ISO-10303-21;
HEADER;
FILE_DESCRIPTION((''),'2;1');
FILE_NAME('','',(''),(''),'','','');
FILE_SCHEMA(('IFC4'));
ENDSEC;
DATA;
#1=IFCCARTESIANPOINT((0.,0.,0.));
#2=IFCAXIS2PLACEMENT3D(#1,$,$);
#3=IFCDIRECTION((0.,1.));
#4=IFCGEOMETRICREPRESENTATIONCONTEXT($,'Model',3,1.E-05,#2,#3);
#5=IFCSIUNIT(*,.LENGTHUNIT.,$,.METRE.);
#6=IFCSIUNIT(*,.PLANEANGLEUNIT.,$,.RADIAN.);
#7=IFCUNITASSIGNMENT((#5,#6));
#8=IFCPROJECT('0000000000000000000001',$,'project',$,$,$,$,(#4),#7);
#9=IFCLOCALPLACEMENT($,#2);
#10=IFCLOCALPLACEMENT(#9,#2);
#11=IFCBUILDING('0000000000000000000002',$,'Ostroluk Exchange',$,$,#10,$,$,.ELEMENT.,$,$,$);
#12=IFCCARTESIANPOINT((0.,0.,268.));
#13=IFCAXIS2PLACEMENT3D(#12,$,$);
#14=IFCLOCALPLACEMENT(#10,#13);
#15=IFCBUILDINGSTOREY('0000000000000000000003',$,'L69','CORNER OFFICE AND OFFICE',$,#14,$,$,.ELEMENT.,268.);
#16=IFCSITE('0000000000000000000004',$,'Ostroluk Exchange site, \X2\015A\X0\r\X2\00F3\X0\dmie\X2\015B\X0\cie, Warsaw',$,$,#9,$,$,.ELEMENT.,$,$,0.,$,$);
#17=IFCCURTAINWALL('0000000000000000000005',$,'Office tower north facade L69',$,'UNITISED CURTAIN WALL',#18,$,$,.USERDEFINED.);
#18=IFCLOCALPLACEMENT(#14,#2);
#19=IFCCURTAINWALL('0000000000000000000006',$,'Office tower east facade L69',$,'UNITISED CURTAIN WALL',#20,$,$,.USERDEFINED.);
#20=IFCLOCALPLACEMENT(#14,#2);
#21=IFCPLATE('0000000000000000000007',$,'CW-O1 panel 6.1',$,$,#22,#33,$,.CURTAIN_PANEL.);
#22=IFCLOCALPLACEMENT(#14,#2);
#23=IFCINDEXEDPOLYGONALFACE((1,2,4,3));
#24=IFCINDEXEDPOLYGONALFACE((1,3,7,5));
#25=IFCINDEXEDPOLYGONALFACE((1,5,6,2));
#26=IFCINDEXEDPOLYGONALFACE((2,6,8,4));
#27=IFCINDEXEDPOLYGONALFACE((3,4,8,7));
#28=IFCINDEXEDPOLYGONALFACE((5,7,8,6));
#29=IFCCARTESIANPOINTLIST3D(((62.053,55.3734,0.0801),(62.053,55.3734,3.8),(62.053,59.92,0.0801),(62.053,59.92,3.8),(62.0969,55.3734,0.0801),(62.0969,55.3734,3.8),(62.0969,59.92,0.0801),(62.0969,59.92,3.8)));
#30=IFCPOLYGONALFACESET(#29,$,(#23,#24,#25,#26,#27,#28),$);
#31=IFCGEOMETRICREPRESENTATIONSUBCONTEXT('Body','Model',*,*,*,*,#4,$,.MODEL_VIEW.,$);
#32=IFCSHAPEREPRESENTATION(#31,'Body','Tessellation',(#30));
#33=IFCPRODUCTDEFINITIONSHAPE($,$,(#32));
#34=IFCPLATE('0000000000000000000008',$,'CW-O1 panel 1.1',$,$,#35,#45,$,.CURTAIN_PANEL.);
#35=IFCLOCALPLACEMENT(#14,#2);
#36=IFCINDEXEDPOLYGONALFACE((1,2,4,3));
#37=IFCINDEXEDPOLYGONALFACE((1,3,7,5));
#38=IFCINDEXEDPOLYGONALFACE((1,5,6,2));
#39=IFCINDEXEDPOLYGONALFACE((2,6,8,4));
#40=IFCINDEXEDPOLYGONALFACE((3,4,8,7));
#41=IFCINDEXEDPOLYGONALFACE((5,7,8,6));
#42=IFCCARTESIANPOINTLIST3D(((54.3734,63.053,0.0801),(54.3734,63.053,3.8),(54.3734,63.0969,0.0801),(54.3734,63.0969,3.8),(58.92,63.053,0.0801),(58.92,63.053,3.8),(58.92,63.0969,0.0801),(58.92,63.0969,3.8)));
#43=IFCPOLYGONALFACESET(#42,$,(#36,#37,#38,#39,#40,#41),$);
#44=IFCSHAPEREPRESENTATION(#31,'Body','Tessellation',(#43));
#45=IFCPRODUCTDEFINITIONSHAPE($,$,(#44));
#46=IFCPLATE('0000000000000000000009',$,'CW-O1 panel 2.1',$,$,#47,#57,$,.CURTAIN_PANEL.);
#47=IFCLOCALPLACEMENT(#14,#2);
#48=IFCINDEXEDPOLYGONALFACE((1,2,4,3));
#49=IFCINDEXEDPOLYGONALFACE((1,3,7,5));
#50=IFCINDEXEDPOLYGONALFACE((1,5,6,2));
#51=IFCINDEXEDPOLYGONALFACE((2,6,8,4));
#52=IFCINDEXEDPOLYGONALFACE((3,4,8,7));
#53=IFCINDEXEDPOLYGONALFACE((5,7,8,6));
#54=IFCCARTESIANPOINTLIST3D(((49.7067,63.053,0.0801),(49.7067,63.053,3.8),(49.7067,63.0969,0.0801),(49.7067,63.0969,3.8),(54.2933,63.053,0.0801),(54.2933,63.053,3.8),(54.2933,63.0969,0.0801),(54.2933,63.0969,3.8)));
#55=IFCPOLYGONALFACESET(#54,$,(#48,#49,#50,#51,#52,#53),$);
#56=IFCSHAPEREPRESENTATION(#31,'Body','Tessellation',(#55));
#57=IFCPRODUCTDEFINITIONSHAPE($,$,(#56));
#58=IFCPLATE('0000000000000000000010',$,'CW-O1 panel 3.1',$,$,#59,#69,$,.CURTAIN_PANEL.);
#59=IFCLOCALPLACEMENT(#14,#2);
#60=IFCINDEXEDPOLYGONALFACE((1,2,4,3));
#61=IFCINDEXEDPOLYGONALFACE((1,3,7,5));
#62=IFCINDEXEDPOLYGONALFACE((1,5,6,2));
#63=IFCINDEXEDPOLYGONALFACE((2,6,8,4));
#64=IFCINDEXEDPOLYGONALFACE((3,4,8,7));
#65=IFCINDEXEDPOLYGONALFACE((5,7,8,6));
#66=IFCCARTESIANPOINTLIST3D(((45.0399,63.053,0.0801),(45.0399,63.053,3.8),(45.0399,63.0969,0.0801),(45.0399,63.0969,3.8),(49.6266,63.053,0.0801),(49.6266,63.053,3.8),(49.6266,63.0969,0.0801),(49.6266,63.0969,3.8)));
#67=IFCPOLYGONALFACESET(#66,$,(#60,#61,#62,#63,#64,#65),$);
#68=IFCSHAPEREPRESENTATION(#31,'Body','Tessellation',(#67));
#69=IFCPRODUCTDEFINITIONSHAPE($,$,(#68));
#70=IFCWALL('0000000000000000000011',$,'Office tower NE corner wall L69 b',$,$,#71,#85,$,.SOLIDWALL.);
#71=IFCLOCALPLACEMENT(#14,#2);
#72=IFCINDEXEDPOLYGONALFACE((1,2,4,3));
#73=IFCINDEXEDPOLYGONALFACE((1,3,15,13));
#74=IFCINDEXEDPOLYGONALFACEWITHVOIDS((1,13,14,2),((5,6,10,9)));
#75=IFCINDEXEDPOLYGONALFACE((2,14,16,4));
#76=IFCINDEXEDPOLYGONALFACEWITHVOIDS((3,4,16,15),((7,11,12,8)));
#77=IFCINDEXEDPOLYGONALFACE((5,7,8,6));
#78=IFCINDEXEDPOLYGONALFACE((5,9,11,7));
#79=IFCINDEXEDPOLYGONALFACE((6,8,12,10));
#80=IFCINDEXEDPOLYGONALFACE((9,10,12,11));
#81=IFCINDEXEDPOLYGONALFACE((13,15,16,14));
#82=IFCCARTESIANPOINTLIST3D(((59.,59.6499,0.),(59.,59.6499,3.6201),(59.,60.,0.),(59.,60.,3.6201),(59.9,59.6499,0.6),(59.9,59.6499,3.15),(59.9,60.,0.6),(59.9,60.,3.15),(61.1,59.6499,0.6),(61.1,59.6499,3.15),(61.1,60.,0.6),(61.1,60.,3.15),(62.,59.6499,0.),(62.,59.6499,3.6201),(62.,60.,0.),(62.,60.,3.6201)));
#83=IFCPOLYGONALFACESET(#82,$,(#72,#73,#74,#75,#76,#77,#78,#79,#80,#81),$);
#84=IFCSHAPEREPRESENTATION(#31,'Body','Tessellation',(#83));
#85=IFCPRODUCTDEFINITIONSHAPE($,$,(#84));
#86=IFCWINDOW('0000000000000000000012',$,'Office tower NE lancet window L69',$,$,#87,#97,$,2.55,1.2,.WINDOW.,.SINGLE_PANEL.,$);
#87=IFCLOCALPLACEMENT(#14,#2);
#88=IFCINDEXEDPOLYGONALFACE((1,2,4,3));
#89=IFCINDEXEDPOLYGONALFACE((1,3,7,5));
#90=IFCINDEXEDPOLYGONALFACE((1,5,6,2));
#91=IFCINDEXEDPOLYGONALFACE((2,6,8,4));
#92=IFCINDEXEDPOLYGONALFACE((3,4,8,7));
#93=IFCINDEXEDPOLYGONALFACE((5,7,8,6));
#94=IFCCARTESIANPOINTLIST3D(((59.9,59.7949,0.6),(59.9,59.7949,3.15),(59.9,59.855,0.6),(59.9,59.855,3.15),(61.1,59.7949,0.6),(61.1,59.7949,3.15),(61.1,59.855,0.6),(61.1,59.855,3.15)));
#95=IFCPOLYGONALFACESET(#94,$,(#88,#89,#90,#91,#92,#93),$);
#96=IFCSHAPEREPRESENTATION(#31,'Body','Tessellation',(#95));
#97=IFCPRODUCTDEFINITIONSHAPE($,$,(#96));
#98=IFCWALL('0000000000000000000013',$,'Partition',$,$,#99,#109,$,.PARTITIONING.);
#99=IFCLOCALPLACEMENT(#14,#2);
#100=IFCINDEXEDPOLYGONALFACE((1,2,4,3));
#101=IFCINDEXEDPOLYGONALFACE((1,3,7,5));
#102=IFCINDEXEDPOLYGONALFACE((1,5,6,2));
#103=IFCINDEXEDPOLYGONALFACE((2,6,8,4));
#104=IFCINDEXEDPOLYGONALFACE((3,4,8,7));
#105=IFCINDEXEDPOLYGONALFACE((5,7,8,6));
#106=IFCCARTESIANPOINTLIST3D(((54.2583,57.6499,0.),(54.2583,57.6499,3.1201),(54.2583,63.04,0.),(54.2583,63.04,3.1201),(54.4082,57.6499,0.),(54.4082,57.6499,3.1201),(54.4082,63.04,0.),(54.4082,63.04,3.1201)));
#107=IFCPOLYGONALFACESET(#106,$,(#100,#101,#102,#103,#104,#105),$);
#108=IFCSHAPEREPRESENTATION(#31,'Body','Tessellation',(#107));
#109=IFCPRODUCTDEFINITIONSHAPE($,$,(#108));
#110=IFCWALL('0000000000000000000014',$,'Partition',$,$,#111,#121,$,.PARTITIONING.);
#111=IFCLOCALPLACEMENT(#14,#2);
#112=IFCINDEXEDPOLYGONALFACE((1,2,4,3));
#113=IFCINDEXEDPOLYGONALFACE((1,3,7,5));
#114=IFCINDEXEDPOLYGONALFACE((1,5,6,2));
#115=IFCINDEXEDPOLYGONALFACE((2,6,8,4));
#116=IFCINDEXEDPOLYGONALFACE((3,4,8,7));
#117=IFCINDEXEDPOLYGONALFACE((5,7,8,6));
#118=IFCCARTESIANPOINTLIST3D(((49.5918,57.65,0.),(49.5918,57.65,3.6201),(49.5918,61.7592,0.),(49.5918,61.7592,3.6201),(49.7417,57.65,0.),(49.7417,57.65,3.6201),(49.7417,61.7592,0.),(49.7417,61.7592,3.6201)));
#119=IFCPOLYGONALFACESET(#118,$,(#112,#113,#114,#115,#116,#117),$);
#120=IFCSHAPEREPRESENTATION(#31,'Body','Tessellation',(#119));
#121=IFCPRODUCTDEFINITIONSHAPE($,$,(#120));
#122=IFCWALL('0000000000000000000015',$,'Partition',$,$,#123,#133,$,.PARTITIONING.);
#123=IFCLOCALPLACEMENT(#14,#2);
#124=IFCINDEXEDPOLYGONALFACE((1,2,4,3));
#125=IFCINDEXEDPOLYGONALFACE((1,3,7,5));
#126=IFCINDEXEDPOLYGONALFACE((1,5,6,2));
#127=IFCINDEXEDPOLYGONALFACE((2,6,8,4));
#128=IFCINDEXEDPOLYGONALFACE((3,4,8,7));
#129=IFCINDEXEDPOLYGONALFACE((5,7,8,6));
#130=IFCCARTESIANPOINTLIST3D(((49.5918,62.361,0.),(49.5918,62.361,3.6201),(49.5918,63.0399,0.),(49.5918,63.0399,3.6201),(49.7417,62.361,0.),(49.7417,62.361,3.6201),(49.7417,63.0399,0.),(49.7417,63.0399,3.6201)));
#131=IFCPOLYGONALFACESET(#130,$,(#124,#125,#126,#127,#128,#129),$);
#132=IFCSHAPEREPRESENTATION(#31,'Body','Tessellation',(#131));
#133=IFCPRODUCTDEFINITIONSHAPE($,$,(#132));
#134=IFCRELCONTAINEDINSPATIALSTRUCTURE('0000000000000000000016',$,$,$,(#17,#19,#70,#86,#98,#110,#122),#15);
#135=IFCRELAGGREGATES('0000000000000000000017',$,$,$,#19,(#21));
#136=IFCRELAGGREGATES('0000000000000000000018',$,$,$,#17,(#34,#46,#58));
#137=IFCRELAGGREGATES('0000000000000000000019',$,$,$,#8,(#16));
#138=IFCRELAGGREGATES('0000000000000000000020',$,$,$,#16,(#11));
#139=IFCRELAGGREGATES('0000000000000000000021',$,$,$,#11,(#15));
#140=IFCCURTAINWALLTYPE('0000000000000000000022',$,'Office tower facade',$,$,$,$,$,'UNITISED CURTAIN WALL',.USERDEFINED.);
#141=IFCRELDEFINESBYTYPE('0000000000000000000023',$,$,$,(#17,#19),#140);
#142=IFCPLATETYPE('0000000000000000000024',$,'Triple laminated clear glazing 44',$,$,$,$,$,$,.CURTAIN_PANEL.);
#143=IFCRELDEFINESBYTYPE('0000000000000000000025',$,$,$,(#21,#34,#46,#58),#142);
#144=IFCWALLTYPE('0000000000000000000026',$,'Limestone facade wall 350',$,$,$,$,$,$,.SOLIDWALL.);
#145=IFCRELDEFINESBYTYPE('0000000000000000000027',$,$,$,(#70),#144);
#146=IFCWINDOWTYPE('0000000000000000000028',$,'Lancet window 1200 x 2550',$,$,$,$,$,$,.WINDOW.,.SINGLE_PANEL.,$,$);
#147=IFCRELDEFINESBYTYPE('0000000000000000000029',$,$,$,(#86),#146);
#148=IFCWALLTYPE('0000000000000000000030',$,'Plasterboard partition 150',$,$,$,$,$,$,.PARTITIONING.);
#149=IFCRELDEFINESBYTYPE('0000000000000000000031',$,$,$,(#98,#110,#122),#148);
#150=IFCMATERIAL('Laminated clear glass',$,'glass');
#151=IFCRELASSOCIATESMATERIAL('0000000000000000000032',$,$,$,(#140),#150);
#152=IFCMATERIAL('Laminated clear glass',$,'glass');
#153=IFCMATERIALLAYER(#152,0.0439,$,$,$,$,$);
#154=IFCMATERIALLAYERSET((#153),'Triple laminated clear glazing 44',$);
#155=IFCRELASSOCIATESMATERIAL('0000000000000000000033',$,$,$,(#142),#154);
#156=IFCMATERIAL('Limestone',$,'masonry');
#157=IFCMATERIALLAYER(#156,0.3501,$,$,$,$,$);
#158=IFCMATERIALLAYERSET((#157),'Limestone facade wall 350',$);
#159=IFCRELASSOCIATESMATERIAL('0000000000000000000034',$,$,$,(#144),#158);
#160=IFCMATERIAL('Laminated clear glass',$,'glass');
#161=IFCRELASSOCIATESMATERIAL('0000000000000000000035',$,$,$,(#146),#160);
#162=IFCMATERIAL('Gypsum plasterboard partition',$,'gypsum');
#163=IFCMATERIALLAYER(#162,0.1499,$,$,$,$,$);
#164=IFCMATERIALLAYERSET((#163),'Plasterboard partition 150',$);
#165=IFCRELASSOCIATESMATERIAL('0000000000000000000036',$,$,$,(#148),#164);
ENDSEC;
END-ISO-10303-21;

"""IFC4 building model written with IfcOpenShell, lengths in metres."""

from ifc_helpers import new_model, si_unit, direction, frame, frame_2d, origin, origin_2d, place, context, subcontext, project, spatial, rectangle, extrude, material, layer, layer_set, type_object, element, fill, aggregate, save


model = new_model("IFC4")

# Units and contexts
model_context = context("Model", 3, precision=1e-05, world=origin(), true_north=direction((0.0, 1.0)))
body_context = subcontext(model_context, "Body", "Model", "MODEL_VIEW")
ifc_project = project(units=[si_unit("LENGTHUNIT", "METRE"), si_unit("PLANEANGLEUNIT", "RADIAN")], contexts=[model_context])

# Site, building, storey
site_placement = place(None, origin())
site = spatial("IfcSite", under=ifc_project, at=site_placement, Name="Ostroluk Exchange site, Śródmieście, Warsaw", CompositionType="ELEMENT", RefElevation=0.0)
building_placement = place(site_placement, origin())
building = spatial("IfcBuilding", under=site, at=building_placement, Name="Ostroluk Exchange", CompositionType="ELEMENT")
storey_placement = place(building_placement, frame((0.0, 0.0, 268.0)))
storey = spatial("IfcBuildingStorey", under=building, at=storey_placement, Name="L69", Description="CORNER OFFICE AND OFFICE", CompositionType="ELEMENT", Elevation=268.0)

# Curtain wall
ifc_material_1 = material(Name="Laminated clear glass", Category="glass")
curtain_wall_type = type_object("IfcCurtainWallType", Name="Office tower facade", ElementType="UNITISED CURTAIN WALL", PredefinedType="USERDEFINED", material=ifc_material_1)
curtain_wall_1_placement = place(storey_placement, origin())
curtain_wall_1 = element("IfcCurtainWall", 1, at=curtain_wall_1_placement, inside=storey, type_object=curtain_wall_type, Name="Office tower north facade L69", ObjectType="UNITISED CURTAIN WALL", PredefinedType="USERDEFINED")

# Curtain wall
curtain_wall_2_placement = place(storey_placement, origin())
curtain_wall_2 = element("IfcCurtainWall", 2, at=curtain_wall_2_placement, inside=storey, type_object=curtain_wall_type, Name="Office tower east facade L69", ObjectType="UNITISED CURTAIN WALL", PredefinedType="USERDEFINED")

# Plates
ifc_material_2 = material(Name="Laminated clear glass", Category="glass")
ifc_layer_1 = layer(ifc_material_2, 0.0439)
ifc_layer_set_1 = layer_set([ifc_layer_1], Name="Triple laminated clear glazing 44")
plate_type_1 = type_object("IfcPlateType", Name="Triple laminated clear glazing 44", PredefinedType="CURTAIN_PANEL", material=ifc_layer_set_1)
plate_1_placement = place(storey_placement, frame((62.075, 57.6467, 0.0801), z_axis=(0.0, 0.0, 1.0), x_axis=(0.0, 1.0, 0.0)))
plate_1 = element("IfcPlate", 3, at=plate_1_placement, type_object=plate_type_1, Name="CW-O1 panel 6.1", PredefinedType="CURTAIN_PANEL", context=body_context, shape_type="SweptSolid", body=[
    extrude(rectangle(XDim=4.5466, YDim=0.0439, at=origin_2d()), origin(), (0.0, 0.0, 1.0), 3.72),
])
aggregate(curtain_wall_2, [plate_1])
plate_2_placement = place(storey_placement, frame((56.6467, 63.075, 0.0801), z_axis=(0.0, 0.0, 1.0), x_axis=(-1.0, 0.0, 0.0)))
plate_2 = element("IfcPlate", 4, at=plate_2_placement, type_object=plate_type_1, Name="CW-O1 panel 1.1", PredefinedType="CURTAIN_PANEL", context=body_context, shape_type="SweptSolid", body=[
    extrude(rectangle(XDim=4.5466, YDim=0.0439, at=origin_2d()), origin(), (0.0, 0.0, 1.0), 3.72),
])
plate_3_placement = place(storey_placement, frame((52.0, 63.075, 0.0801), z_axis=(0.0, 0.0, 1.0), x_axis=(-1.0, 0.0, 0.0)))
plate_3 = element("IfcPlate", 5, at=plate_3_placement, type_object=plate_type_1, Name="CW-O1 panel 2.1", PredefinedType="CURTAIN_PANEL", context=body_context, shape_type="SweptSolid", body=[
    extrude(rectangle(XDim=4.5867, YDim=0.0439, at=origin_2d()), origin(), (0.0, 0.0, 1.0), 3.72),
])
plate_4_placement = place(storey_placement, frame((47.3333, 63.075, 0.0801), z_axis=(0.0, 0.0, 1.0), x_axis=(-1.0, 0.0, 0.0)))
plate_4 = element("IfcPlate", 6, at=plate_4_placement, type_object=plate_type_1, Name="CW-O1 panel 3.1", PredefinedType="CURTAIN_PANEL", context=body_context, shape_type="SweptSolid", body=[
    extrude(rectangle(XDim=4.5867, YDim=0.0439, at=origin_2d()), origin(), (0.0, 0.0, 1.0), 3.72),
])
aggregate(curtain_wall_1, [plate_2, plate_3, plate_4])

# Shared definitions
ifc_material_3 = material(Name="Limestone", Category="masonry")
ifc_layer_2 = layer(ifc_material_3, 0.3501)
ifc_layer_set_2 = layer_set([ifc_layer_2], Name="Limestone facade wall 350")
wall_type_1 = type_object("IfcWallType", Name="Limestone facade wall 350", PredefinedType="SOLIDWALL", material=ifc_layer_set_2)

# Wall, opening, window
wall_1_placement = place(storey_placement, frame((59.0, 59.825, 0.0), z_axis=(0.0, 0.0, 1.0), x_axis=(1.0, 0.0, 0.0)))
wall_1 = element("IfcWall", 7, at=wall_1_placement, inside=storey, type_object=wall_type_1, Name="Office tower NE corner wall L69 b", PredefinedType="SOLIDWALL", context=body_context, shape_type="SweptSolid", body=[
    extrude(rectangle(XDim=3.0, YDim=0.3501, at=frame_2d((1.5, 0.0))), origin(), (0.0, 0.0, 1.0), 3.6201),
])
opening_1_placement = place(wall_1_placement, frame((0.8999, 0.0, 0.6001)))
opening_1 = element("IfcOpeningElement", 8, at=opening_1_placement, cuts=wall_1, PredefinedType="OPENING", context=body_context, shape_type="SweptSolid", body=[
    extrude(rectangle(XDim=1.2, YDim=2.55, at=frame_2d((0.6001, 1.2749))), frame((0.0, 0.1851, 0.0), z_axis=(0.0, -1.0, 0.0), x_axis=(1.0, 0.0, 0.0)), (0.0, 0.0, 1.0), 0.3701),
])
ifc_material_4 = material(Name="Laminated clear glass", Category="glass")
window_type = type_object("IfcWindowType", Name="Lancet window 1200 x 2550", PartitioningType="SINGLE_PANEL", PredefinedType="WINDOW", material=ifc_material_4)
window_placement = place(opening_1_placement, origin())
window = element("IfcWindow", 9, at=window_placement, inside=storey, type_object=window_type, Name="Office tower NE lancet window L69", OverallHeight=2.55, OverallWidth=1.2, PartitioningType="SINGLE_PANEL", PredefinedType="WINDOW", context=body_context, shape_type="SweptSolid", body=[
    extrude(rectangle(XDim=1.2, YDim=2.55, at=frame_2d((0.6001, 1.2749))), frame((0.0, 0.03, 0.0), z_axis=(0.0, -1.0, 0.0), x_axis=(1.0, 0.0, 0.0)), (0.0, 0.0, 1.0), 0.0601),
])
fill(opening_1, window)

# Walls
ifc_material_5 = material(Name="Gypsum plasterboard partition", Category="gypsum")
ifc_layer_3 = layer(ifc_material_5, 0.1499)
ifc_layer_set_3 = layer_set([ifc_layer_3], Name="Plasterboard partition 150")
wall_type_2 = type_object("IfcWallType", Name="Plasterboard partition 150", PredefinedType="PARTITIONING", material=ifc_layer_set_3)
wall_2_placement = place(storey_placement, frame((54.3333, 57.6499, 0.0), z_axis=(0.0, 0.0, 1.0), x_axis=(0.0, 1.0, 0.0)))
element("IfcWall", 10, at=wall_2_placement, inside=storey, type_object=wall_type_2, Name="Partition", PredefinedType="PARTITIONING", context=body_context, shape_type="SweptSolid", body=[
    extrude(rectangle(XDim=5.3901, YDim=0.1499, at=frame_2d((2.6951, 0.0))), origin(), (0.0, 0.0, 1.0), 3.1201),
])
wall_3_placement = place(storey_placement, frame((49.6667, 57.6499, 0.0), z_axis=(0.0, 0.0, 1.0), x_axis=(0.0, 1.0, 0.0)))
element("IfcWall", 11, at=wall_3_placement, inside=storey, type_object=wall_type_2, Name="Partition", PredefinedType="PARTITIONING", context=body_context, shape_type="SweptSolid", body=[
    extrude(rectangle(XDim=4.1091, YDim=0.1499, at=frame_2d((2.0547, 0.0))), origin(), (0.0, 0.0, 1.0), 3.6201),
])
wall_4_placement = place(storey_placement, frame((49.6667, 62.3611, 0.0), z_axis=(0.0, 0.0, 1.0), x_axis=(0.0, 1.0, 0.0)))
element("IfcWall", 12, at=wall_4_placement, inside=storey, type_object=wall_type_2, Name="Partition", PredefinedType="PARTITIONING", context=body_context, shape_type="SweptSolid", body=[
    extrude(rectangle(XDim=0.679, YDim=0.1499, at=frame_2d((0.3394, 0.0))), origin(), (0.0, 0.0, 1.0), 3.6201),
])

save(model, "model.ifc")
